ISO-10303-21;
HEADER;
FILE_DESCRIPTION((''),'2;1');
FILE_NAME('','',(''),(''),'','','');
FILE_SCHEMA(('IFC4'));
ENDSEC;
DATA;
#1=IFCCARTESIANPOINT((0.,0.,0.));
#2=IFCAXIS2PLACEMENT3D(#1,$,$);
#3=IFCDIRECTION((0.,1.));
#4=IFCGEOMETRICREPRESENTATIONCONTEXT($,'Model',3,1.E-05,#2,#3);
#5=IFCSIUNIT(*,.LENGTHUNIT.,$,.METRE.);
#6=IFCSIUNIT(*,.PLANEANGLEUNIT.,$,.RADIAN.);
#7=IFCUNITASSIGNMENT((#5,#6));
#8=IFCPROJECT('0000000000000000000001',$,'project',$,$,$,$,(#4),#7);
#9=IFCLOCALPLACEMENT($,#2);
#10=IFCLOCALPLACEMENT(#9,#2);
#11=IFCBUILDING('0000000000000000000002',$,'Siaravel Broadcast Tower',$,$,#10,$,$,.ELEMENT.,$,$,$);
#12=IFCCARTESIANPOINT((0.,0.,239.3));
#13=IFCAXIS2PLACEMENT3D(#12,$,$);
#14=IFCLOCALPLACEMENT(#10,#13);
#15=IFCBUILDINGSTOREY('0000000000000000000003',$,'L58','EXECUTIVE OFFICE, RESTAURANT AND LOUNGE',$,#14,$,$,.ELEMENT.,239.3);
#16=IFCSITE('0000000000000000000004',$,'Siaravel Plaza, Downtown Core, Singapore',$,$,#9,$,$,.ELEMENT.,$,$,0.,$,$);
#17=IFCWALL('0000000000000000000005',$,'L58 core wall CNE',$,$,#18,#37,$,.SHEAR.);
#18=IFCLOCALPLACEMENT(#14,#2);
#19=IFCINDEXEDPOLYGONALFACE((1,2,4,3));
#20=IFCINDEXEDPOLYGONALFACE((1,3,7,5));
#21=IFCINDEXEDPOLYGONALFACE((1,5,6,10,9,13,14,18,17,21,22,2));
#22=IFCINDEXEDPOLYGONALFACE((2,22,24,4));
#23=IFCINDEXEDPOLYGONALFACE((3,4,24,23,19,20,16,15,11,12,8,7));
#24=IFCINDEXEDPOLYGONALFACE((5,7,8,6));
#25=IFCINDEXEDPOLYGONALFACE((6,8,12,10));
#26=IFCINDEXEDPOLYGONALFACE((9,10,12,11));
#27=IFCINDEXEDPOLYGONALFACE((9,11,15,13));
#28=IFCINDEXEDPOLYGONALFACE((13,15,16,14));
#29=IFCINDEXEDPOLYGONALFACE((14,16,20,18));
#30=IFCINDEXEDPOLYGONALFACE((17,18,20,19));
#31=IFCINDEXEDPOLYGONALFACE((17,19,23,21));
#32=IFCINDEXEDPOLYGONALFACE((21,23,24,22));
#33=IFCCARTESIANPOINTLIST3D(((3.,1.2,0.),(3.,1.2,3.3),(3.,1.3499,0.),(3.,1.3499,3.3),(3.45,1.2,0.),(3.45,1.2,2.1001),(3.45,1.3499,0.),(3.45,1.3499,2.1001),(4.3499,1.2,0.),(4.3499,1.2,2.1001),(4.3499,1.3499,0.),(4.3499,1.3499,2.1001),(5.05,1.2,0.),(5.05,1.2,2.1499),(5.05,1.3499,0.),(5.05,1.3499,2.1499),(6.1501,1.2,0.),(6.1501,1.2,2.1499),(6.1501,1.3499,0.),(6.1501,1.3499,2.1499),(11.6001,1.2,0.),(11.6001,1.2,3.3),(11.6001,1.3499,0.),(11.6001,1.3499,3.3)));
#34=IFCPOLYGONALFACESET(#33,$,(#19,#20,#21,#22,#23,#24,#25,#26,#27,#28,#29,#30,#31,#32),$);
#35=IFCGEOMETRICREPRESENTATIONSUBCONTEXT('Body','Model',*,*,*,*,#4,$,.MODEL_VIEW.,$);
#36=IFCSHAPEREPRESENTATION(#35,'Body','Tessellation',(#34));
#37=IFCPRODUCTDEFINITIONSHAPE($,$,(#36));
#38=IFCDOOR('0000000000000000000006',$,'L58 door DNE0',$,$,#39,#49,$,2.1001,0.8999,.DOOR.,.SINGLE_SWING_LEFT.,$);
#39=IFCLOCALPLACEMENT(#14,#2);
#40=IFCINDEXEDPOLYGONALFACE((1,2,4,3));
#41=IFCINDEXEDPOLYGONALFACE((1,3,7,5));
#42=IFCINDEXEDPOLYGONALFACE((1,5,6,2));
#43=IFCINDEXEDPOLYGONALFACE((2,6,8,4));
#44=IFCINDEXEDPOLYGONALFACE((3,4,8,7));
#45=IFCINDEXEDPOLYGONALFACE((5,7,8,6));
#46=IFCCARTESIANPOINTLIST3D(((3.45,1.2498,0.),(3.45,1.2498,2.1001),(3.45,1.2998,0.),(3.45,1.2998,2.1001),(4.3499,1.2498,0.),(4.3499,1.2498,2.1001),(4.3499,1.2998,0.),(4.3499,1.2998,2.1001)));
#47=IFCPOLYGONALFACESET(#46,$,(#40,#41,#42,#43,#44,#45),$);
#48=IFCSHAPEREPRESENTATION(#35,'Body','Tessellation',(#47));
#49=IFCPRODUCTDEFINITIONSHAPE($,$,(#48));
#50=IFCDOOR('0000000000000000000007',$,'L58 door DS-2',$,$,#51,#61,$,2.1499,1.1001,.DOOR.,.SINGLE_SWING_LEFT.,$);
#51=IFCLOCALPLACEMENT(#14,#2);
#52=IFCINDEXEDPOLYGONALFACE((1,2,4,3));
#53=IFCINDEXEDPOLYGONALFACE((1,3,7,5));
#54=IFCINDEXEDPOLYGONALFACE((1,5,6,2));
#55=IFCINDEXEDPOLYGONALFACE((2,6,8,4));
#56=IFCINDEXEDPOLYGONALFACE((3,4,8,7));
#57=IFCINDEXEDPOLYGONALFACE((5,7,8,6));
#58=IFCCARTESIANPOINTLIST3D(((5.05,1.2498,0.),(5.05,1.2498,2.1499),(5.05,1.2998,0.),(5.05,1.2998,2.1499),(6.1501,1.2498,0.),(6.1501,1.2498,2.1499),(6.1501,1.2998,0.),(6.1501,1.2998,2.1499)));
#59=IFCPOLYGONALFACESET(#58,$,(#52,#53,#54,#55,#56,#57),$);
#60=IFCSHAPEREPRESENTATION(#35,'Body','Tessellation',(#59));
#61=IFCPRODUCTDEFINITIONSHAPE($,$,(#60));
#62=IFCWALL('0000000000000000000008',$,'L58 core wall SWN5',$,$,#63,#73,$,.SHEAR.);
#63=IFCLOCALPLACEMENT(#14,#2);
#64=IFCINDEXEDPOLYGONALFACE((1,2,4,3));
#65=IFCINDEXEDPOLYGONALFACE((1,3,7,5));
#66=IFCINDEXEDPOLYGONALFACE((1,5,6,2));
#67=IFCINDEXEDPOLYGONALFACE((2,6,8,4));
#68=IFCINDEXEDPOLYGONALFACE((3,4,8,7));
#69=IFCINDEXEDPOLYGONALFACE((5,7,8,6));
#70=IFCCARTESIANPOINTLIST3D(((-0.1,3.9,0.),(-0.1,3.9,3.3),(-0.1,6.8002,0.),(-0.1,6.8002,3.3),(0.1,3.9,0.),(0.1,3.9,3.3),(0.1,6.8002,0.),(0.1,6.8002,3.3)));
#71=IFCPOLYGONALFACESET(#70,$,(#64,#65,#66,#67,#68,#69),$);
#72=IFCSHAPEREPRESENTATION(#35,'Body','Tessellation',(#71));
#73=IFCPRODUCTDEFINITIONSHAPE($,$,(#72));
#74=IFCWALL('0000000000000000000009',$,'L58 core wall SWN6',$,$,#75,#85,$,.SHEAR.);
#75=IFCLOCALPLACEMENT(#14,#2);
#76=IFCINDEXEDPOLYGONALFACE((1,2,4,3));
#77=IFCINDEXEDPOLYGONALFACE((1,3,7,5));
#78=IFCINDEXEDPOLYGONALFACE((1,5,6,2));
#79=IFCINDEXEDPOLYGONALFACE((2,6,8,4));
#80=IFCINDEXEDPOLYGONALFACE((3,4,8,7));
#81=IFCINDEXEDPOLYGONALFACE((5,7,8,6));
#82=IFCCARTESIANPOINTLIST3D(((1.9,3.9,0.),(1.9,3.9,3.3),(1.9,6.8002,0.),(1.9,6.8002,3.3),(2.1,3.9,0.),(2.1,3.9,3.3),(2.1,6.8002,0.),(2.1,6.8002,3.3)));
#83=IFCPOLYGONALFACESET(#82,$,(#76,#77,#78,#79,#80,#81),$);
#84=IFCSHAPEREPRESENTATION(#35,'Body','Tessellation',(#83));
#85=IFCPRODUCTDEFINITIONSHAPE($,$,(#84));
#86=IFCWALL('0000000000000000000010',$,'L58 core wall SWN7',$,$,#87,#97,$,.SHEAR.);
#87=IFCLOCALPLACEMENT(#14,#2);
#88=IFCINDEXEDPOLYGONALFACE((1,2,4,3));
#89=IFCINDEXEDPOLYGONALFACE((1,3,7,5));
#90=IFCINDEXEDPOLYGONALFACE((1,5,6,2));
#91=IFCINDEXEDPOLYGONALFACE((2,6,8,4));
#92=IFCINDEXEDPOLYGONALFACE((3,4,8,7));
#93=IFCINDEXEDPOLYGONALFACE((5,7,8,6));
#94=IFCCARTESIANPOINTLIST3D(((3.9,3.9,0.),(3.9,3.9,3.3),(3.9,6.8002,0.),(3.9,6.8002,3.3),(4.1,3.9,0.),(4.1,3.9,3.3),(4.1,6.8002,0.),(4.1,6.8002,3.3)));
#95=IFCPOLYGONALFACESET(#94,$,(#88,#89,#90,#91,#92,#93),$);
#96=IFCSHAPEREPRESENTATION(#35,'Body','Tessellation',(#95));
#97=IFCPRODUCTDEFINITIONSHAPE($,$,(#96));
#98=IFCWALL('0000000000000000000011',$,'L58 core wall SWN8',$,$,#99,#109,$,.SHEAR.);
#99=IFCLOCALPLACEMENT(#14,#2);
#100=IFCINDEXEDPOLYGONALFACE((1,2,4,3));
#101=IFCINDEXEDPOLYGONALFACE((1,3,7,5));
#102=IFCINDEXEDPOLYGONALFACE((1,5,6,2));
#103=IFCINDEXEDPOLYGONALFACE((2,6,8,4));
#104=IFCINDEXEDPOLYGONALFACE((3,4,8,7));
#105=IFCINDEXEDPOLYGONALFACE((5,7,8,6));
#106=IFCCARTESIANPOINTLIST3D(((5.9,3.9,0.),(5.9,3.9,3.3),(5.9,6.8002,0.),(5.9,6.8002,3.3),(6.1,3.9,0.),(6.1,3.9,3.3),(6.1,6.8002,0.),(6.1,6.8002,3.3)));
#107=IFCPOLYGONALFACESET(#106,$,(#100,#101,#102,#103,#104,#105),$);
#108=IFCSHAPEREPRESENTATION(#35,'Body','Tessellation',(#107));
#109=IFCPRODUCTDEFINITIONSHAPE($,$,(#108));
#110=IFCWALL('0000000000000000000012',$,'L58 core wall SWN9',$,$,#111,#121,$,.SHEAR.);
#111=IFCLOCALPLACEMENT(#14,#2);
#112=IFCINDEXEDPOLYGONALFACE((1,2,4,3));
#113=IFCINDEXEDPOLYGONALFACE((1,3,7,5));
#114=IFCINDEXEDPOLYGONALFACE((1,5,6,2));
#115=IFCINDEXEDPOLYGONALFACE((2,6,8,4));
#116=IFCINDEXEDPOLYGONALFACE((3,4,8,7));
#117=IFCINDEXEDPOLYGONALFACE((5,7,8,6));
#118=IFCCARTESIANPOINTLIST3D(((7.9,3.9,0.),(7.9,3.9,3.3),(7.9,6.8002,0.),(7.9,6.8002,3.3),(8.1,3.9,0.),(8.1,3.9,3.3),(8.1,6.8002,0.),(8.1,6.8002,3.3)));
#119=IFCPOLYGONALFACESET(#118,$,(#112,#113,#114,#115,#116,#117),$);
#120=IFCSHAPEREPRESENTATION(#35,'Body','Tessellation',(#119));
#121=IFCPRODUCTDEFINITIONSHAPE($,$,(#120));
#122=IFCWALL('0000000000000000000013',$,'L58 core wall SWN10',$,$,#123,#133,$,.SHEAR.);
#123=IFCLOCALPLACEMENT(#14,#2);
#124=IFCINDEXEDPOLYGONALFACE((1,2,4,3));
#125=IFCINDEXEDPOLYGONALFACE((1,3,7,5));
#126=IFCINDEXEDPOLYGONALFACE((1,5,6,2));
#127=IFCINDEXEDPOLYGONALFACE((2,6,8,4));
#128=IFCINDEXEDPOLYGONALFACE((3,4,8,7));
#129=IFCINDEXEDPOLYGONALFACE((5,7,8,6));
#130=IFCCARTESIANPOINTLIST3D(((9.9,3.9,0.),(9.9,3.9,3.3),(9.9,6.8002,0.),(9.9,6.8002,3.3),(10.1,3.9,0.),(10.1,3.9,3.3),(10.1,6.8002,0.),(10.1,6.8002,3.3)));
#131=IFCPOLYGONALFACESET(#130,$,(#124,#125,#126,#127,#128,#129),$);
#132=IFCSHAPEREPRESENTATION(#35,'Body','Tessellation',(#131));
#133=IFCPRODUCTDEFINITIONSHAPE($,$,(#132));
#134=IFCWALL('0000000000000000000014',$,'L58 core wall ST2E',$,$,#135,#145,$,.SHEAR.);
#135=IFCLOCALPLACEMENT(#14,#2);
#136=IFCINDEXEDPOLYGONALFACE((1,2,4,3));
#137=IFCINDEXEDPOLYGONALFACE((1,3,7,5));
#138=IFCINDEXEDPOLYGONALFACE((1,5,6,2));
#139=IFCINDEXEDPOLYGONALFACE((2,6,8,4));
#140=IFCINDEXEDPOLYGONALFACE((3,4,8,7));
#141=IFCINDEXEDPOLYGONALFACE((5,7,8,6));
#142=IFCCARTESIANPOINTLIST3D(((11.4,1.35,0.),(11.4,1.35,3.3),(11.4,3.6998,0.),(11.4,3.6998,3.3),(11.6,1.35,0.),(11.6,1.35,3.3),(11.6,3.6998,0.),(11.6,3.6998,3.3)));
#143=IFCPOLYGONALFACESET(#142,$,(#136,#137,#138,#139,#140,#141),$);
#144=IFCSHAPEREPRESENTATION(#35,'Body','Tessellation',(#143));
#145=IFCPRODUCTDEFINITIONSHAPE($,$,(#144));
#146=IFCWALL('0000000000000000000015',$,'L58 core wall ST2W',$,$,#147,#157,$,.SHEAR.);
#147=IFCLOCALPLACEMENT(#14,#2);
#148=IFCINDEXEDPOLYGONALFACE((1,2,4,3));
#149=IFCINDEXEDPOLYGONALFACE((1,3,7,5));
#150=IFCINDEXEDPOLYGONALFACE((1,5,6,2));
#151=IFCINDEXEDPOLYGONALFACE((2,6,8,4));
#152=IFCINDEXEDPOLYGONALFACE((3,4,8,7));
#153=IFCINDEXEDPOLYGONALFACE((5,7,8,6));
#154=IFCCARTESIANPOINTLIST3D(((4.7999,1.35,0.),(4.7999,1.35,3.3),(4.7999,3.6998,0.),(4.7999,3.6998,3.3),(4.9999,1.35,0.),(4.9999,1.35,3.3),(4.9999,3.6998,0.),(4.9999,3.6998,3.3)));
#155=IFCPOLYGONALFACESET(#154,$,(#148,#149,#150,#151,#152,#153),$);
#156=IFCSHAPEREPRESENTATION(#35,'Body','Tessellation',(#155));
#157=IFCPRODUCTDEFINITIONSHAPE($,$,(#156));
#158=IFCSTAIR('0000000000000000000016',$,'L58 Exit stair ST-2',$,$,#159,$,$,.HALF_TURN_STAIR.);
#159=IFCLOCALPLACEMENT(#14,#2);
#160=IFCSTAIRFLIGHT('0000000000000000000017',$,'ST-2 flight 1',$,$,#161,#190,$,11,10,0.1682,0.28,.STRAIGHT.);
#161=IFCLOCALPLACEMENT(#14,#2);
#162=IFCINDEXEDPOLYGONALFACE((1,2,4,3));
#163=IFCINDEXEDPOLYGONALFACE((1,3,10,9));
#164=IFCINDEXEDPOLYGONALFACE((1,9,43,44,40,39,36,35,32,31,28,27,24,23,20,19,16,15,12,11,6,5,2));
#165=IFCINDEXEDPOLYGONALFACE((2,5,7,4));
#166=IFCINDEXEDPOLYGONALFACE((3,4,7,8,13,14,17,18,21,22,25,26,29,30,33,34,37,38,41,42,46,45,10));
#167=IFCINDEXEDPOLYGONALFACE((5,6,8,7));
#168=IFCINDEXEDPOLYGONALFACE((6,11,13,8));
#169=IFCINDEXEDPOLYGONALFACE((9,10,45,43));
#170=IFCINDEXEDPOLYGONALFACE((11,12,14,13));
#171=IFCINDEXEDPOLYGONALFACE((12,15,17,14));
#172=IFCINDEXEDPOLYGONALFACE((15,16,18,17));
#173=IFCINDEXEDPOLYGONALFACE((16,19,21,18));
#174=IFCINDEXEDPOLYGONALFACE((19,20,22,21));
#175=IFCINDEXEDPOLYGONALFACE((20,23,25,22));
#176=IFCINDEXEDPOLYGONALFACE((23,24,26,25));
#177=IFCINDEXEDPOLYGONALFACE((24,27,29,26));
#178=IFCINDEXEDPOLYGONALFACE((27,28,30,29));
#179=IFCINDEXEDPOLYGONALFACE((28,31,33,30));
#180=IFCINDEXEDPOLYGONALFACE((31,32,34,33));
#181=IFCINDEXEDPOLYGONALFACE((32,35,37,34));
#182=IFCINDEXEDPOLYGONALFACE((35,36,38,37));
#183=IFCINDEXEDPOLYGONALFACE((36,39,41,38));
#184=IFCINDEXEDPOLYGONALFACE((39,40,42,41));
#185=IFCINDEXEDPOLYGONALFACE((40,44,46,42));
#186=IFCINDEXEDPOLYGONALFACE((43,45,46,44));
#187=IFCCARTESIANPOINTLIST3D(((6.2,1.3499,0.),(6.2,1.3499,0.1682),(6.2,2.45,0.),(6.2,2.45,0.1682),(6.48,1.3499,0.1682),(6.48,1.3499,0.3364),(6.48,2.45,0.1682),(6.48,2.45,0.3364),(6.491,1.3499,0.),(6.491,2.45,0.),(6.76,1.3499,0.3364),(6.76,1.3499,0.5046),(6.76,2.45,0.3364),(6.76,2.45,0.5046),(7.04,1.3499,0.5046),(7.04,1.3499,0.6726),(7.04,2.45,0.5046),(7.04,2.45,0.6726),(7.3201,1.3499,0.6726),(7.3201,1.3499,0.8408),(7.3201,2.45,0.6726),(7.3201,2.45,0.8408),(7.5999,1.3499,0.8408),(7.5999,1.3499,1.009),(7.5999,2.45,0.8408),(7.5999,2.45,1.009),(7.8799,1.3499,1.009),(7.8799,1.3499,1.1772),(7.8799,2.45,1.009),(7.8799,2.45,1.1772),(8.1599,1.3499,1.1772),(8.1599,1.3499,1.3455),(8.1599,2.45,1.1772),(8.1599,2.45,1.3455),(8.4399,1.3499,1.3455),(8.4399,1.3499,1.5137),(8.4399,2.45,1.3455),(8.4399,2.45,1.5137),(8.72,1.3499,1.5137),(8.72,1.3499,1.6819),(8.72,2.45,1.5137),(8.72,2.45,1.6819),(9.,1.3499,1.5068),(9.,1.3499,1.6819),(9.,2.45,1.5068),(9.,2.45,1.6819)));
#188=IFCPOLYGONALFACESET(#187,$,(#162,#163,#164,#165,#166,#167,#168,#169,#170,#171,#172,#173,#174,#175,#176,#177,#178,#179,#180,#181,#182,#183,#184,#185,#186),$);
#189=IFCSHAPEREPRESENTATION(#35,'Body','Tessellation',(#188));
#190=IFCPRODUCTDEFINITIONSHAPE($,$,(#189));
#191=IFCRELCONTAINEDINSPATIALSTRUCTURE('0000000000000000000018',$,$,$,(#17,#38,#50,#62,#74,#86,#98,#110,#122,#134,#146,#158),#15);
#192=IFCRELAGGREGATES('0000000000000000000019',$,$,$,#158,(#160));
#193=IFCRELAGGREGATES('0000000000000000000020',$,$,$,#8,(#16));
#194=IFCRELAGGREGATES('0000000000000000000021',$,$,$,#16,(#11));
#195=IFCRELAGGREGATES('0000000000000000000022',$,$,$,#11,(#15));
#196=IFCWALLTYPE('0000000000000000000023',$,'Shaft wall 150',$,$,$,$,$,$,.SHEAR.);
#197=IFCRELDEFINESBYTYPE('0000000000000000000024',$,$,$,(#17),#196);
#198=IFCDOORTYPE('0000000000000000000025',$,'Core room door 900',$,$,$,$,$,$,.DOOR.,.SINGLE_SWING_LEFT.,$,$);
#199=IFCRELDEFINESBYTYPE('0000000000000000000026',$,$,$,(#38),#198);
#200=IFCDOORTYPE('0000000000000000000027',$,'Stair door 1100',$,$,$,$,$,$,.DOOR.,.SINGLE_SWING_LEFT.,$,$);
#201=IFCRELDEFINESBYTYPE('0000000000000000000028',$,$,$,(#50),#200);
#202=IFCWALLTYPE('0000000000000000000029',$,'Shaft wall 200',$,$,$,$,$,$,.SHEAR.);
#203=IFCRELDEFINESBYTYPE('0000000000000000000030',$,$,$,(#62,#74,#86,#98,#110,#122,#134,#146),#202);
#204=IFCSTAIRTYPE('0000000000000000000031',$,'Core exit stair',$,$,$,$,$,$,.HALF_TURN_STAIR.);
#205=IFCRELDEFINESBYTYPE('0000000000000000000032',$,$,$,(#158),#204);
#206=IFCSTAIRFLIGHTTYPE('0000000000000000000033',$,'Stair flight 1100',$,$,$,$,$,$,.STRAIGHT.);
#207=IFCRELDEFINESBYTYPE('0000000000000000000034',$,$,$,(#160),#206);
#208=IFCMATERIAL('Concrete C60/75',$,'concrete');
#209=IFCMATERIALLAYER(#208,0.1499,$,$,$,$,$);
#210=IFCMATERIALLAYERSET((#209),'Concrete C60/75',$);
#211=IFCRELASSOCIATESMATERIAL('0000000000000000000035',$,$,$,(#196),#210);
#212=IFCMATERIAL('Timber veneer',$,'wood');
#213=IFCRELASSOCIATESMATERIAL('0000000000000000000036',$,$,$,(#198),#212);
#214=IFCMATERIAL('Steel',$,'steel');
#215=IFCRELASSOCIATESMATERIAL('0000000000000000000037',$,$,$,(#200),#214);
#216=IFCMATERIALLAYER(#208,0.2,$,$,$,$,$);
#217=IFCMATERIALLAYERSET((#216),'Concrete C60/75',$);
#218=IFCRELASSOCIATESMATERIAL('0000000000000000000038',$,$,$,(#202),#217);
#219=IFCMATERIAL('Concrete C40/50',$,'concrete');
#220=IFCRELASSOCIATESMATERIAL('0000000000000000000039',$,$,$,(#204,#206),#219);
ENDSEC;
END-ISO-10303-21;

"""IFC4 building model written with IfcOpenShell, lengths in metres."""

from ifc_helpers import new_model, si_unit, direction, frame, frame_2d, origin, place, context, subcontext, project, spatial, polyline, rectangle, outline, extrude, material, layer, layer_set, type_object, element, fill, aggregate, save


model = new_model("IFC4")

# Units and contexts
model_context = context("Model", 3, precision=1e-05, world=origin(), true_north=direction((0.0, 1.0)))
body_context = subcontext(model_context, "Body", "Model", "MODEL_VIEW")
ifc_project = project(units=[si_unit("LENGTHUNIT", "METRE"), si_unit("PLANEANGLEUNIT", "RADIAN")], contexts=[model_context])

# Site, building, storey
site_placement = place(None, origin())
site = spatial("IfcSite", under=ifc_project, at=site_placement, Name="Siaravel Plaza, Downtown Core, Singapore", CompositionType="ELEMENT", RefElevation=0.0)
building_placement = place(site_placement, origin())
building = spatial("IfcBuilding", under=site, at=building_placement, Name="Siaravel Broadcast Tower", CompositionType="ELEMENT")
storey_placement = place(building_placement, frame((0.0, 0.0, 239.3)))
storey = spatial("IfcBuildingStorey", under=building, at=storey_placement, Name="L58", Description="EXECUTIVE OFFICE, RESTAURANT AND LOUNGE", CompositionType="ELEMENT", Elevation=239.3)

# Shared definitions
ifc_material_1 = material(Name="Timber veneer", Category="wood")

# Wall, openings, doors
ifc_material_2 = material(Name="Concrete C60/75", Category="concrete")
ifc_layer_1 = layer(ifc_material_2, 0.1499)
ifc_layer_set_1 = layer_set([ifc_layer_1], Name="Concrete C60/75")
wall_type_1 = type_object("IfcWallType", Name="Shaft wall 150", PredefinedType="SHEAR", material=ifc_layer_set_1)
wall_1_placement = place(storey_placement, frame((3.0, 1.2749, 0.0), z_axis=(0.0, 0.0, 1.0), x_axis=(1.0, 0.0, 0.0)))
wall_1 = element("IfcWall", 1, at=wall_1_placement, inside=storey, type_object=wall_type_1, Name="L58 core wall CNE", PredefinedType="SHEAR", context=body_context, shape_type="SweptSolid", body=[
    extrude(rectangle(XDim=8.6001, YDim=0.1499, at=frame_2d((4.3, 0.0))), origin(), (0.0, 0.0, 1.0), 3.3),
])
opening_1_placement = place(wall_1_placement, frame((2.05, 0.0, 0.0)))
opening_1 = element("IfcOpeningElement", 2, at=opening_1_placement, cuts=wall_1, PredefinedType="OPENING", context=body_context, shape_type="SweptSolid", body=[
    extrude(rectangle(XDim=1.1001, YDim=2.1499, at=frame_2d((0.55, 1.075))), frame((0.0, 0.085, 0.0), z_axis=(0.0, -1.0, 0.0), x_axis=(1.0, 0.0, 0.0)), (0.0, 0.0, 1.0), 0.1699),
])
opening_2_placement = place(wall_1_placement, frame((0.45, 0.0, 0.0)))
opening_2 = element("IfcOpeningElement", 3, at=opening_2_placement, cuts=wall_1, PredefinedType="OPENING", context=body_context, shape_type="SweptSolid", body=[
    extrude(rectangle(XDim=0.8999, YDim=2.1001, at=frame_2d((0.45, 1.05))), frame((0.0, 0.085, 0.0), z_axis=(0.0, -1.0, 0.0), x_axis=(1.0, 0.0, 0.0)), (0.0, 0.0, 1.0), 0.1699),
])
door_type_1 = type_object("IfcDoorType", Name="Core room door 900", OperationType="SINGLE_SWING_LEFT", PredefinedType="DOOR", material=ifc_material_1)
door_1_placement = place(opening_2_placement, origin())
door_1 = element("IfcDoor", 4, at=door_1_placement, inside=storey, type_object=door_type_1, Name="L58 door DNE0", OperationType="SINGLE_SWING_LEFT", OverallHeight=2.1001, OverallWidth=0.8999, PredefinedType="DOOR", context=body_context, shape_type="SweptSolid", body=[
    extrude(rectangle(XDim=0.8999, YDim=2.1001, at=frame_2d((0.45, 1.05))), frame((0.0, 0.0249, 0.0), z_axis=(0.0, -1.0, 0.0), x_axis=(1.0, 0.0, 0.0)), (0.0, 0.0, 1.0), 0.05),
])
fill(opening_2, door_1)
ifc_material_3 = material(Name="Steel", Category="steel")
door_type_2 = type_object("IfcDoorType", Name="Stair door 1100", OperationType="SINGLE_SWING_LEFT", PredefinedType="DOOR", material=ifc_material_3)
door_2_placement = place(opening_1_placement, origin())
door_2 = element("IfcDoor", 5, at=door_2_placement, inside=storey, type_object=door_type_2, Name="L58 door DS-2", OperationType="SINGLE_SWING_LEFT", OverallHeight=2.1499, OverallWidth=1.1001, PredefinedType="DOOR", context=body_context, shape_type="SweptSolid", body=[
    extrude(rectangle(XDim=1.1001, YDim=2.1499, at=frame_2d((0.55, 1.075))), frame((0.0, 0.0249, 0.0), z_axis=(0.0, -1.0, 0.0), x_axis=(1.0, 0.0, 0.0)), (0.0, 0.0, 1.0), 0.05),
])
fill(opening_1, door_2)

# Walls
ifc_layer_2 = layer(ifc_material_2, 0.2)
ifc_layer_set_2 = layer_set([ifc_layer_2], Name="Concrete C60/75")
wall_type_2 = type_object("IfcWallType", Name="Shaft wall 200", PredefinedType="SHEAR", material=ifc_layer_set_2)
for number, where, z_axis, x_axis, name in (
    (6, (0.0, 3.8999, 0.0), (0.0, 0.0, 1.0), (0.0, 1.0, 0.0), "L58 core wall SWN5"),
    (7, (2.0, 3.8999, 0.0), (0.0, 0.0, 1.0), (0.0, 1.0, 0.0), "L58 core wall SWN6"),
    (8, (4.0, 3.8999, 0.0), (0.0, 0.0, 1.0), (0.0, 1.0, 0.0), "L58 core wall SWN7"),
    (9, (6.0, 3.8999, 0.0), (0.0, 0.0, 1.0), (0.0, 1.0, 0.0), "L58 core wall SWN8"),
    (10, (8.0, 3.8999, 0.0), (0.0, 0.0, 1.0), (0.0, 1.0, 0.0), "L58 core wall SWN9"),
    (11, (10.0, 3.8999, 0.0), (0.0, 0.0, 1.0), (0.0, 1.0, 0.0), "L58 core wall SWN10"),
):
    element("IfcWall", number, at=place(storey_placement, frame(where, z_axis=z_axis, x_axis=x_axis)), inside=storey, type_object=wall_type_2, Name=name, PredefinedType="SHEAR", context=body_context, shape_type="SweptSolid", body=[
        extrude(rectangle(XDim=2.9001, YDim=0.2, at=frame_2d((1.4502, 0.0))), origin(), (0.0, 0.0, 1.0), 3.3),
    ])
for number, where, z_axis, x_axis, name in (
    (12, (11.5, 1.3501, 0.0), (0.0, 0.0, 1.0), (0.0, 1.0, 0.0), "L58 core wall ST2E"),
    (13, (4.8999, 1.3501, 0.0), (0.0, 0.0, 1.0), (0.0, 1.0, 0.0), "L58 core wall ST2W"),
):
    element("IfcWall", number, at=place(storey_placement, frame(where, z_axis=z_axis, x_axis=x_axis)), inside=storey, type_object=wall_type_2, Name=name, PredefinedType="SHEAR", context=body_context, shape_type="SweptSolid", body=[
        extrude(rectangle(XDim=2.3499, YDim=0.2, at=frame_2d((1.1748, 0.0))), origin(), (0.0, 0.0, 1.0), 3.3),
    ])

# Stair, stair flight
ifc_material_4 = material(Name="Concrete C40/50", Category="concrete")
stair_type = type_object("IfcStairType", Name="Core exit stair", PredefinedType="HALF_TURN_STAIR", material=ifc_material_4)
stair_placement = place(storey_placement, origin())
stair = element("IfcStair", 14, at=stair_placement, inside=storey, type_object=stair_type, Name="L58 Exit stair ST-2", PredefinedType="HALF_TURN_STAIR")
stair_flight_type = type_object("IfcStairFlightType", Name="Stair flight 1100", PredefinedType="STRAIGHT", material=ifc_material_4)
stair_flight_1_placement = place(storey_placement, frame((6.2, 1.8999, 0.0), z_axis=(0.0, 0.0, 1.0), x_axis=(1.0, 0.0, 0.0)))
stair_flight_1 = element("IfcStairFlight", 15, at=stair_flight_1_placement, type_object=stair_flight_type, Name="ST-2 flight 1", NumberOfRisers=11, NumberOfTreads=10, PredefinedType="STRAIGHT", RiserHeight=0.1682, TreadLength=0.28, context=body_context, shape_type="SweptSolid", body=[
    extrude(outline(polyline([(0.0, 0.0), (0.0, 0.1682), (0.28, 0.1682), (0.28, 0.3364), (0.5601, 0.3364), (0.5601, 0.5046), (0.8401, 0.5046), (0.8401, 0.6726), (1.1201, 0.6726), (1.1201, 0.8408), (1.3999, 0.8408), (1.3999, 1.009), (1.6799, 1.009), (1.6799, 1.1772), (1.96, 1.1772), (1.96, 1.3455), (2.24, 1.3455), (2.24, 1.5137), (2.52, 1.5137), (2.52, 1.6819), (2.8, 1.6819), (2.8, 1.8501), (2.8, 1.5068), (0.291, 0.0), (0.0, 0.0)])), frame((0.0, 0.55, 0.0), z_axis=(0.0, -1.0, 0.0), x_axis=(1.0, 0.0, 0.0)), (0.0, 0.0, 1.0), 1.1001),
])
aggregate(stair, [stair_flight_1])

save(model, "model.ifc")
